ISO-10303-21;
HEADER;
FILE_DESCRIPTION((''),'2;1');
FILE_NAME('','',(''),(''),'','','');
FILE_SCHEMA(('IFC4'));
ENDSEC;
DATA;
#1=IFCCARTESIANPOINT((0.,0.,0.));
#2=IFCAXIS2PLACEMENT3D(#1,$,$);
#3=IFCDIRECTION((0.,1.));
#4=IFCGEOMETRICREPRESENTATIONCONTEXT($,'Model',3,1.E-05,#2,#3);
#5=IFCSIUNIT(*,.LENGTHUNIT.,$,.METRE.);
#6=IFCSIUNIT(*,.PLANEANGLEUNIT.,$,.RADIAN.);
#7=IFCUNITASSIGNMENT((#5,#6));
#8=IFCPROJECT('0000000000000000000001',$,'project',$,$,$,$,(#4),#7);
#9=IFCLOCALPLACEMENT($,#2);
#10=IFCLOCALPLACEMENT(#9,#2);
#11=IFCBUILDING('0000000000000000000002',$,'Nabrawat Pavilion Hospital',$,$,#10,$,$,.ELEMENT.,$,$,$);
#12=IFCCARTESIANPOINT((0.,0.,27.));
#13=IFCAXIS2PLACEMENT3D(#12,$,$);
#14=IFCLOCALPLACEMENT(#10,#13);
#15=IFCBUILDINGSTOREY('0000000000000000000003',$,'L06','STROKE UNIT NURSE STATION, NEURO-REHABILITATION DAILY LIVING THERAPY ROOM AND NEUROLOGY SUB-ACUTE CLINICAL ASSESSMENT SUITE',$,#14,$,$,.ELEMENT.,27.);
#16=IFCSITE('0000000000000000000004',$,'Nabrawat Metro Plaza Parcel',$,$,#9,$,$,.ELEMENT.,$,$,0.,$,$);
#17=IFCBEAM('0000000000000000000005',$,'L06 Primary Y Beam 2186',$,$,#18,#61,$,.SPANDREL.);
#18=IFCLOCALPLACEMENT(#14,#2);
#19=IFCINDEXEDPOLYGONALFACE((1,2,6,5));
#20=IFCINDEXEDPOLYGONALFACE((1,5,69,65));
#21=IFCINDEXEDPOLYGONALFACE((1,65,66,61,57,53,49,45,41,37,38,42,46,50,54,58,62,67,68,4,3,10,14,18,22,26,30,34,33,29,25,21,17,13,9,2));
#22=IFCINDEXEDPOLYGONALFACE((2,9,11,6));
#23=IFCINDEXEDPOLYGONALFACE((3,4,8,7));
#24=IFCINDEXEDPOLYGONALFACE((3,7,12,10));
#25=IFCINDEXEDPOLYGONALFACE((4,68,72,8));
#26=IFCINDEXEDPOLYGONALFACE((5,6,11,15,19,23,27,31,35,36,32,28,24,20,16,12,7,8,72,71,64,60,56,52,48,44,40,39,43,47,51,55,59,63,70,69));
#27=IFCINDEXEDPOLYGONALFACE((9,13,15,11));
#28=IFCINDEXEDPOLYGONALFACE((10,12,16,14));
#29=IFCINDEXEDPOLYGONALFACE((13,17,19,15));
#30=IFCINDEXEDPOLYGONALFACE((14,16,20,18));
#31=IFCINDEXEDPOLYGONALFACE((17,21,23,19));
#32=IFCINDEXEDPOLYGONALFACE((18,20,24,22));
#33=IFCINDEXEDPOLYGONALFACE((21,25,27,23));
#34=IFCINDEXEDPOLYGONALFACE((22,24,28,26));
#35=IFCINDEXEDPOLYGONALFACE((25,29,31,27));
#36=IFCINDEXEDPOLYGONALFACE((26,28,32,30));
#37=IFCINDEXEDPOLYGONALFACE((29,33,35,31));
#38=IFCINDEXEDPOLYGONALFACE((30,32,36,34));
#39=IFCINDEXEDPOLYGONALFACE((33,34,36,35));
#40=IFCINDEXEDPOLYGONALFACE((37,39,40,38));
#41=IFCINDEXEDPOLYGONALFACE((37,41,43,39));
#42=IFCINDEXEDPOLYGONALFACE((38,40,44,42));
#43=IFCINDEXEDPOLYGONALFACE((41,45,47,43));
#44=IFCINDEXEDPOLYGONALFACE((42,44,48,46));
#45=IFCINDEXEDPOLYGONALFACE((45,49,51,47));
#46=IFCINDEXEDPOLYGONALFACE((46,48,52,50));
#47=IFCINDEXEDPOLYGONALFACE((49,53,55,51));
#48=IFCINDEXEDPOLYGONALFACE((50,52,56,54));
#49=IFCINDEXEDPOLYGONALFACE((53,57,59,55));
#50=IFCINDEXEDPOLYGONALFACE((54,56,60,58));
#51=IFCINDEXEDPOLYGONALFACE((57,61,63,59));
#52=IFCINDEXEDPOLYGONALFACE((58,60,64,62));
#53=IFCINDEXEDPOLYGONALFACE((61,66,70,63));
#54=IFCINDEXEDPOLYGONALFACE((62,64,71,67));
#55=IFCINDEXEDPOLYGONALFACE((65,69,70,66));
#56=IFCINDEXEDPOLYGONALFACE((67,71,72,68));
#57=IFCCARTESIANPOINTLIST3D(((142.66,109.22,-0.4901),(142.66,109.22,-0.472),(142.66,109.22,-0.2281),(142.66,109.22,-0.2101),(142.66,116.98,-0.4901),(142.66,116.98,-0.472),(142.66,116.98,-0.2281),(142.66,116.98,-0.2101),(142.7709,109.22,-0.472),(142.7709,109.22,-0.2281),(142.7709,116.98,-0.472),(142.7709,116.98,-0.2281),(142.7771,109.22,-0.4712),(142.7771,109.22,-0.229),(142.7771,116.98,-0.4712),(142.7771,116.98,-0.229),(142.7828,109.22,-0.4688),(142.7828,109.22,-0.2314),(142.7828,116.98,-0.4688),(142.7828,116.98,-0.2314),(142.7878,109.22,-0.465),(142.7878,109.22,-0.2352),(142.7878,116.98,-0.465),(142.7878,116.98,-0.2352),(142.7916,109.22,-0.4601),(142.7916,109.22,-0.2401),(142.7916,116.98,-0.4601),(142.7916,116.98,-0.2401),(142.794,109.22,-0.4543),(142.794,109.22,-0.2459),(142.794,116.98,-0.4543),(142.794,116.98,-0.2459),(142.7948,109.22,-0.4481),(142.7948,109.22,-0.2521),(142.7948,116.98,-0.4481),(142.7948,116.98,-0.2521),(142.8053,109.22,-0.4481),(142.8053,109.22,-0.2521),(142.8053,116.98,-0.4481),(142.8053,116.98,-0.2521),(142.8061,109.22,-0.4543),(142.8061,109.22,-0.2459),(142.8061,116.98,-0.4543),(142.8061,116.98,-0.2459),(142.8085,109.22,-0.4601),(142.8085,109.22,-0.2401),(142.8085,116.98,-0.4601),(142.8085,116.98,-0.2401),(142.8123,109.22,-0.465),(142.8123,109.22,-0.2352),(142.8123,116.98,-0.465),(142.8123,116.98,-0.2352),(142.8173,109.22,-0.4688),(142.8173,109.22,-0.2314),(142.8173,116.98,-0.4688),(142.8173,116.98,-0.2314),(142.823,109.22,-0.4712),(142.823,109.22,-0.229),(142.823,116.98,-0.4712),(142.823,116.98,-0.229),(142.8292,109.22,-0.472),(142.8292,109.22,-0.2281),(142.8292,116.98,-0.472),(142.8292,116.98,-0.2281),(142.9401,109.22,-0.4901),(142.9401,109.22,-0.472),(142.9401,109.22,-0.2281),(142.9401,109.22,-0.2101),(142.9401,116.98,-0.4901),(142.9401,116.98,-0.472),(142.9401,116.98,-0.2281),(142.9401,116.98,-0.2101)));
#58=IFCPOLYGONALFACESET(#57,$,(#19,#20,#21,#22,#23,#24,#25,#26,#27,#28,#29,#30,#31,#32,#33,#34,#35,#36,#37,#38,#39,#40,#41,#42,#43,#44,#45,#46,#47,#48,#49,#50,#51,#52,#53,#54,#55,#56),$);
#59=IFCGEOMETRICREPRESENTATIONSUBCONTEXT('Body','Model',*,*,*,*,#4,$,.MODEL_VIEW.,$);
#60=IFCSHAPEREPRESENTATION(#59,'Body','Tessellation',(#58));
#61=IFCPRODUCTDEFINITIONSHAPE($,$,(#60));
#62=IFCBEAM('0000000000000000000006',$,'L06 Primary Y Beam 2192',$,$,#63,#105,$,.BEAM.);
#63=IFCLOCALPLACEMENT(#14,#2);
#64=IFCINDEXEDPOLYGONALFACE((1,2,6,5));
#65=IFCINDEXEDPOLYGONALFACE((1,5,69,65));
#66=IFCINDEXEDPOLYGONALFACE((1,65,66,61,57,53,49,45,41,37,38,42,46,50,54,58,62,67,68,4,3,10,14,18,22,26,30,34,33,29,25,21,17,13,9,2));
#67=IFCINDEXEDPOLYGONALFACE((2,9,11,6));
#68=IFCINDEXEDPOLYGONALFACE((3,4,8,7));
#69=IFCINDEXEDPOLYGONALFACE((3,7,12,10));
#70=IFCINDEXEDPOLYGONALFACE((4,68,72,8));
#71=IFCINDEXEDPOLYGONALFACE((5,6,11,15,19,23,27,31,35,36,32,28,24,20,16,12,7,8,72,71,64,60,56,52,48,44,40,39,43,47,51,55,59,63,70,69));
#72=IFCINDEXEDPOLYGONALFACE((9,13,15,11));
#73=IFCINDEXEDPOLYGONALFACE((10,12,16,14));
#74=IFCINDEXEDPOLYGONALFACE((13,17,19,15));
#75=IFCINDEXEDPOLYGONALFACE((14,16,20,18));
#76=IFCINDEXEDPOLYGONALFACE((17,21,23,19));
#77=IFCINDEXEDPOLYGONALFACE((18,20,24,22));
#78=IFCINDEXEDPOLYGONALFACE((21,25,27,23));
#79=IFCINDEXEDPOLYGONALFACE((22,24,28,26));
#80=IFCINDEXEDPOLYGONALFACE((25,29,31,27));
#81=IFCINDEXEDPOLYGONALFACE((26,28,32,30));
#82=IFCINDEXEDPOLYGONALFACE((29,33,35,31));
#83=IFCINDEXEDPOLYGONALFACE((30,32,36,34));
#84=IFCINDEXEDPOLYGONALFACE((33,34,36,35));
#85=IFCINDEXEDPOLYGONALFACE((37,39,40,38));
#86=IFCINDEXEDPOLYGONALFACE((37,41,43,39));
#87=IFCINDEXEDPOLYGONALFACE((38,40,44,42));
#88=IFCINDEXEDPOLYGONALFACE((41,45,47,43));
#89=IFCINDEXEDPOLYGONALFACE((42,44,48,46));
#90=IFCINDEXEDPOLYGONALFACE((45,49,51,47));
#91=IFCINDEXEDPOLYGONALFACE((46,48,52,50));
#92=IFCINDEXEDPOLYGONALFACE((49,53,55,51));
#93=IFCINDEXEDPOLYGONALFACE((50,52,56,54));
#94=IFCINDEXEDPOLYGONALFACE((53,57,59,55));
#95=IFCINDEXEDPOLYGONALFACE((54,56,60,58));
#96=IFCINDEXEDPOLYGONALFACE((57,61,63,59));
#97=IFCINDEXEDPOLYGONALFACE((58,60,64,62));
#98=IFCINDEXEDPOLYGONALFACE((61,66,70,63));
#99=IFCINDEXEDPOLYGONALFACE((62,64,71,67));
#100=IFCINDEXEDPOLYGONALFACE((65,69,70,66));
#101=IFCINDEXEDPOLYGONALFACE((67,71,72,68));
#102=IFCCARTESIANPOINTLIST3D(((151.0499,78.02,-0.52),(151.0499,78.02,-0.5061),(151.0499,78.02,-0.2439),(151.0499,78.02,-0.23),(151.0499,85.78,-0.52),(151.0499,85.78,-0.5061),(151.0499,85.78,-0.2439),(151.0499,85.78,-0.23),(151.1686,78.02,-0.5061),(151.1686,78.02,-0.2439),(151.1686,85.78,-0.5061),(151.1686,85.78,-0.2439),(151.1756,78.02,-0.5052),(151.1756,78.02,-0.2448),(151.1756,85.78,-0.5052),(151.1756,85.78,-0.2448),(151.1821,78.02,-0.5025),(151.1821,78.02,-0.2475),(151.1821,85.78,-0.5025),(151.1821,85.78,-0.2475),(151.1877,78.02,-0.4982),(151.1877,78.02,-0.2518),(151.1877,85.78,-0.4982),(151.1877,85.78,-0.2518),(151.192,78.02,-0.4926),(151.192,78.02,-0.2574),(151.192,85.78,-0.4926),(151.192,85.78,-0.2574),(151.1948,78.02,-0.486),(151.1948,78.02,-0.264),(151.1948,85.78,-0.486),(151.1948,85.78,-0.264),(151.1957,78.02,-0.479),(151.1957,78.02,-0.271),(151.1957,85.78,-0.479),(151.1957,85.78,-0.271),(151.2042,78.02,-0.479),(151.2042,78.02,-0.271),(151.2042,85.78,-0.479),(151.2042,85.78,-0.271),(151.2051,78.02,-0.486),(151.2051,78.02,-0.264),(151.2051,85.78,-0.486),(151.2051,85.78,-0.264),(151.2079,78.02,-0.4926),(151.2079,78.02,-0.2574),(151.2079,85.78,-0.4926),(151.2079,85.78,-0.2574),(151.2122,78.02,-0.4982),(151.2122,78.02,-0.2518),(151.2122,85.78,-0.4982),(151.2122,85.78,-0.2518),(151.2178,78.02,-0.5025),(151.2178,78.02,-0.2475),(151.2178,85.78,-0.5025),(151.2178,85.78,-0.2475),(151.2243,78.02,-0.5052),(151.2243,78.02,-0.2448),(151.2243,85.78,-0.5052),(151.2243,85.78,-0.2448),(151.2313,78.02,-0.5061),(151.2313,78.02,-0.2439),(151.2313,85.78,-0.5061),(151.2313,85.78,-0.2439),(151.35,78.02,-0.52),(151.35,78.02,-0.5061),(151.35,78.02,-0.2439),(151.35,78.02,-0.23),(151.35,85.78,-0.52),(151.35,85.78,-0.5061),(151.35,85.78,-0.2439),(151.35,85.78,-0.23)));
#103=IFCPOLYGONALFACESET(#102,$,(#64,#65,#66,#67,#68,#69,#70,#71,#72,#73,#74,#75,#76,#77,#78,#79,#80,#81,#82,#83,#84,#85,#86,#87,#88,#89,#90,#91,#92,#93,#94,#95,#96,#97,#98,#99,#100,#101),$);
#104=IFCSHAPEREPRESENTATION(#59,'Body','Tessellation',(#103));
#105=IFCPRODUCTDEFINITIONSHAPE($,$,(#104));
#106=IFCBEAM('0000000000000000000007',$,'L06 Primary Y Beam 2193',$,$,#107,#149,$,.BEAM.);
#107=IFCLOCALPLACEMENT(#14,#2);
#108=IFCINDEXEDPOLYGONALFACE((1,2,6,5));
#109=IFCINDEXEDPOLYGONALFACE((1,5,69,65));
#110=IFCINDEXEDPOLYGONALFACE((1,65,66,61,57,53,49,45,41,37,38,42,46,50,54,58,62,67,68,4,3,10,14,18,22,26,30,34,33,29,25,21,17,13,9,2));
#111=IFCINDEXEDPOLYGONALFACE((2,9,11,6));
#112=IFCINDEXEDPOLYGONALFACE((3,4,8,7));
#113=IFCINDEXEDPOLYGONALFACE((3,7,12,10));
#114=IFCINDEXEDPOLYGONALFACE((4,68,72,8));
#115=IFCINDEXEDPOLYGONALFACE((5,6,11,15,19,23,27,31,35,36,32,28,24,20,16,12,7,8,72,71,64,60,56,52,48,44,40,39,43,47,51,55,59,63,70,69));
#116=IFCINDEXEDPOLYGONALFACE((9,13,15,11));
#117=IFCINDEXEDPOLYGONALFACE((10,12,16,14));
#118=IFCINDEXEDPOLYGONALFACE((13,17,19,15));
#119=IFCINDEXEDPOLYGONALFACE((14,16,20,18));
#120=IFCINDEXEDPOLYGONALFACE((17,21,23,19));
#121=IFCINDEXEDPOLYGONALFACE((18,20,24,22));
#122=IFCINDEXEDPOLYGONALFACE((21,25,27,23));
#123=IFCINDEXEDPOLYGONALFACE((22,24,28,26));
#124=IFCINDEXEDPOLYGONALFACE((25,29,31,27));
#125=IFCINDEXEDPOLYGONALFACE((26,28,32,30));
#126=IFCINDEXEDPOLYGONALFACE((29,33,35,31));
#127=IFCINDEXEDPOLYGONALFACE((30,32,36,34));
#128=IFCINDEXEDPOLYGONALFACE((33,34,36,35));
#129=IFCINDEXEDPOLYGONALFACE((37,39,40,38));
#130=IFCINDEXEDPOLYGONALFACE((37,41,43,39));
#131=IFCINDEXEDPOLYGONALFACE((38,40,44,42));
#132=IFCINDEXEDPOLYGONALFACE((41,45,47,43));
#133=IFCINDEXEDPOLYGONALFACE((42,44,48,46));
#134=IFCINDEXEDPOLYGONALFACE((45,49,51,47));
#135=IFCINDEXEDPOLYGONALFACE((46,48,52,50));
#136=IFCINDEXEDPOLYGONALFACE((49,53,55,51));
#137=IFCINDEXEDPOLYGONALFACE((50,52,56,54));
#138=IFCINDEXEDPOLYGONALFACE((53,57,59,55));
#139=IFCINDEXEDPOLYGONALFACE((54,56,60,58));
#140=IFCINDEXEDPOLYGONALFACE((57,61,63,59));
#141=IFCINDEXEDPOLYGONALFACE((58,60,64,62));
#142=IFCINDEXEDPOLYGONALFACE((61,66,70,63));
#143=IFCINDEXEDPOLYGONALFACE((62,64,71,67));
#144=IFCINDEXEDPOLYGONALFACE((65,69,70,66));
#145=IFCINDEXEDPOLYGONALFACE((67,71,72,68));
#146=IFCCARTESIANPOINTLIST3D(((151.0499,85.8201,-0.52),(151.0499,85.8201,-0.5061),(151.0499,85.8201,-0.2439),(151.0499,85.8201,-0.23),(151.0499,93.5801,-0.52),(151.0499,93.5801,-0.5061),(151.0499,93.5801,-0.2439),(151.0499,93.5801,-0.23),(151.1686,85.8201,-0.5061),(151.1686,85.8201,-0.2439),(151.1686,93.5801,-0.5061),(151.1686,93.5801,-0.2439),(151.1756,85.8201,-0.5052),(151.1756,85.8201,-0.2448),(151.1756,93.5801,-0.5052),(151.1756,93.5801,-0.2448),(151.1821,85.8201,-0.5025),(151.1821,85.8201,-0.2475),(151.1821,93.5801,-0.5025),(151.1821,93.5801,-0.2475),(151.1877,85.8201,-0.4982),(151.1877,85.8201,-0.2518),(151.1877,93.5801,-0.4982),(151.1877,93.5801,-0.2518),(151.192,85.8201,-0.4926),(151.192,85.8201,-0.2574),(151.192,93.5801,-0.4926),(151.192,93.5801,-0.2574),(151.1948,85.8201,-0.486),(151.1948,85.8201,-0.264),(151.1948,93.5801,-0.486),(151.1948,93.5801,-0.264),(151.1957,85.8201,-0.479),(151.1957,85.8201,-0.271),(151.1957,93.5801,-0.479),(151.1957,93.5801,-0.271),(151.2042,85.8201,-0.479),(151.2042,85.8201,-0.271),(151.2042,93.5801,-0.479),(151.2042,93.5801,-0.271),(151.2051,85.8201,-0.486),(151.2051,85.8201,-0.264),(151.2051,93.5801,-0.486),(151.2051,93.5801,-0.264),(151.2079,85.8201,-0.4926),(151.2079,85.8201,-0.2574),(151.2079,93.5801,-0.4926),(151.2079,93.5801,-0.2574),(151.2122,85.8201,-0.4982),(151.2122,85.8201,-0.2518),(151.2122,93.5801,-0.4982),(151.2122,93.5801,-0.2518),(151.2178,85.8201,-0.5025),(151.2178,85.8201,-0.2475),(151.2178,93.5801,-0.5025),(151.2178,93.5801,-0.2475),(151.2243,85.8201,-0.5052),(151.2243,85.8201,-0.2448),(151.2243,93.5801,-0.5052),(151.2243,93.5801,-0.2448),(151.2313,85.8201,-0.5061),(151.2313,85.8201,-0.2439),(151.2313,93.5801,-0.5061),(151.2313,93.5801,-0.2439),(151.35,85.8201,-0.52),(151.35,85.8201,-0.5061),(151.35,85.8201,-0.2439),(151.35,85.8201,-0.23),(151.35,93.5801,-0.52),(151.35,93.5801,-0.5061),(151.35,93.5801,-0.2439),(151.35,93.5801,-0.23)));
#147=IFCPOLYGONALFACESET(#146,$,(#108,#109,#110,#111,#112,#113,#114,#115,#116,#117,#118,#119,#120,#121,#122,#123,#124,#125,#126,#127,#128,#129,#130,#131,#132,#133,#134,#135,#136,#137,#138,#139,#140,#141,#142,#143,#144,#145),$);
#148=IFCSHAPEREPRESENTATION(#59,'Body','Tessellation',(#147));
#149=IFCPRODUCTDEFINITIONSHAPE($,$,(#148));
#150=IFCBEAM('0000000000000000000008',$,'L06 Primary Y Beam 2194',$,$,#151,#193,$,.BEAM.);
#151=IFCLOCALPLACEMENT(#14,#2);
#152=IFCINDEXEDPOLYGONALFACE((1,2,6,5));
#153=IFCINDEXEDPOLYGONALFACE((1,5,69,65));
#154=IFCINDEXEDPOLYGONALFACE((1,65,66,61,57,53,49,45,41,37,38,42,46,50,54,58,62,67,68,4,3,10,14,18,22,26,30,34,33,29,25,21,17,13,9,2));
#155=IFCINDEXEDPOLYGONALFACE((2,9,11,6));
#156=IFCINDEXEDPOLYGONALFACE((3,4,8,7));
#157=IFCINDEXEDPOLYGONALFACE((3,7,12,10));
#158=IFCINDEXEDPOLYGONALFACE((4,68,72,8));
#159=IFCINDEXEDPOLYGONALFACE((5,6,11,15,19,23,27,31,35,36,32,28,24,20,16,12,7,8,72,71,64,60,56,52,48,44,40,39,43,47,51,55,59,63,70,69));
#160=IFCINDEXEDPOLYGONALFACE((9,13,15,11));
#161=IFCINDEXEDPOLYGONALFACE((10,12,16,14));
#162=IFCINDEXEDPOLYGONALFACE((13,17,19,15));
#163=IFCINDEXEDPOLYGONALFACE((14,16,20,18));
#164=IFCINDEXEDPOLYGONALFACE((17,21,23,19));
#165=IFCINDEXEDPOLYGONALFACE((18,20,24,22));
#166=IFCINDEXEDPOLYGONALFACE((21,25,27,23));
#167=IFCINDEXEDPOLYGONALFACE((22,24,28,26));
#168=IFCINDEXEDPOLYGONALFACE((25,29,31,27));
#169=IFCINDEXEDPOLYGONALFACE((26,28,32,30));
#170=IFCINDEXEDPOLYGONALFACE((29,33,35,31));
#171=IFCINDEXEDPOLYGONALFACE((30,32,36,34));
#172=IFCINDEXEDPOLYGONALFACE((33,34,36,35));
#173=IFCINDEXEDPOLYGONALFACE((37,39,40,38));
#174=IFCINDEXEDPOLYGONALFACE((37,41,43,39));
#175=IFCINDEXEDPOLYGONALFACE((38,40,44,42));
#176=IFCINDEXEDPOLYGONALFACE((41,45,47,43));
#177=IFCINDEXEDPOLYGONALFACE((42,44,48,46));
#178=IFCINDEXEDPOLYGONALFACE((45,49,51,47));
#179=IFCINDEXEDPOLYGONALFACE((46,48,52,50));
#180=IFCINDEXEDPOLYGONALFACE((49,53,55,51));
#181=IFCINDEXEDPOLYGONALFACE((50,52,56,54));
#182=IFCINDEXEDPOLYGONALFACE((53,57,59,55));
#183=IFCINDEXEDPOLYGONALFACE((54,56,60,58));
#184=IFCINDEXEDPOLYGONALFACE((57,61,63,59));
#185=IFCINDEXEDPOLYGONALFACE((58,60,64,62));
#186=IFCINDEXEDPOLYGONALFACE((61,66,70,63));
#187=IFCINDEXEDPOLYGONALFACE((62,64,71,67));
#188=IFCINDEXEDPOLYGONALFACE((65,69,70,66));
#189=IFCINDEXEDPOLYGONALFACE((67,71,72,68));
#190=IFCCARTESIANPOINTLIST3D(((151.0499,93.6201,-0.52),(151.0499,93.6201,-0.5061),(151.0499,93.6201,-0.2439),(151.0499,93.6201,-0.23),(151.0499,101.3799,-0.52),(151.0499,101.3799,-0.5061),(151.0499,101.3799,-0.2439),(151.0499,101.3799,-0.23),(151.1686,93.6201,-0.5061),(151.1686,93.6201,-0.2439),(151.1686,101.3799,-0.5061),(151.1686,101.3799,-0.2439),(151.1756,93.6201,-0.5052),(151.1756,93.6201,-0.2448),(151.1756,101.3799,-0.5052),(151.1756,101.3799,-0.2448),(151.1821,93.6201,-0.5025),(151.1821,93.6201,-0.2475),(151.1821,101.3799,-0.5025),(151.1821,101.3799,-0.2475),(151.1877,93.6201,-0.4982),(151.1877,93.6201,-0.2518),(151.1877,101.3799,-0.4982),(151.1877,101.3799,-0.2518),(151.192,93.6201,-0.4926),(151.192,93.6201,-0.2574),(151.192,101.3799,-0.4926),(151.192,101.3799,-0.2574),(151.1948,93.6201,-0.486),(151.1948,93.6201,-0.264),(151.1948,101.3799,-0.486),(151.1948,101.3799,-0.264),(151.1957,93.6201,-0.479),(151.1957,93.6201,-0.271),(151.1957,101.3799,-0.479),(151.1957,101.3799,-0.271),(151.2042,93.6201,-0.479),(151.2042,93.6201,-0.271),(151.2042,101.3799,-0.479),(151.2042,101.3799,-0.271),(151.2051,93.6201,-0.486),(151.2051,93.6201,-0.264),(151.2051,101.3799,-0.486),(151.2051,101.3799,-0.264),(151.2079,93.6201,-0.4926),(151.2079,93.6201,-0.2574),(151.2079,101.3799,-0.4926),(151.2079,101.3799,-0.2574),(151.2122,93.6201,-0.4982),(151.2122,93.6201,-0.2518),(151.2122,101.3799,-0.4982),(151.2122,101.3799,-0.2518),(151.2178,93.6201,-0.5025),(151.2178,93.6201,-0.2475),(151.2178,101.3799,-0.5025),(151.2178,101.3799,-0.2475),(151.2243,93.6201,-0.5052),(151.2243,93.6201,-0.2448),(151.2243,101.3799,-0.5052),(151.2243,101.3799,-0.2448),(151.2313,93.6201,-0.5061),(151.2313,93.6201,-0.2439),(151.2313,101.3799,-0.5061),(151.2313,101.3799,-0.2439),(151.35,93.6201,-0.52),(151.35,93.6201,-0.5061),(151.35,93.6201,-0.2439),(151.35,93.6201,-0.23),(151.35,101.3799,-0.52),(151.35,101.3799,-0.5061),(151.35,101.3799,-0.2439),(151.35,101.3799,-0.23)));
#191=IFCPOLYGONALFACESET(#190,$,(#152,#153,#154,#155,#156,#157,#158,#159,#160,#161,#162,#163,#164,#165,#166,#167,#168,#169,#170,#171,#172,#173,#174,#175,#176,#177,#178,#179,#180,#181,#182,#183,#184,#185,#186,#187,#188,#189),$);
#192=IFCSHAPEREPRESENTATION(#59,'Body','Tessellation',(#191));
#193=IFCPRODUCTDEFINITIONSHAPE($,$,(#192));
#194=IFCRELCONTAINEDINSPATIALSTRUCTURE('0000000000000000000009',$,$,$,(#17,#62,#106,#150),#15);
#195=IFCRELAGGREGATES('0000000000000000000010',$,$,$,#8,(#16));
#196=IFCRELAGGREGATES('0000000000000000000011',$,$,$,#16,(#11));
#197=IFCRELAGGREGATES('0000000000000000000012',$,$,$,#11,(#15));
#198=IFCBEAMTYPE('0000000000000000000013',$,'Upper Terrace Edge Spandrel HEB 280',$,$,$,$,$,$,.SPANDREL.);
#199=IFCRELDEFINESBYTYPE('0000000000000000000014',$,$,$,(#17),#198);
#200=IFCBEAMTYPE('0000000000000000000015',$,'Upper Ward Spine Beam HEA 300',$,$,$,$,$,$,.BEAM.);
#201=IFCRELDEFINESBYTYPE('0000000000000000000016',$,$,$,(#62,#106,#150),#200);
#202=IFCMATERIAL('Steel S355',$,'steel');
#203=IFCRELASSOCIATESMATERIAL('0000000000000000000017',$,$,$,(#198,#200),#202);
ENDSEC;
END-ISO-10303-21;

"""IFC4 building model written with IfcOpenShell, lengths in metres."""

from ifc_helpers import new_model, si_unit, direction, frame, origin, origin_2d, place, context, subcontext, project, spatial, i_section, extrude, material, material_profile, profile_set, type_object, element, save


model = new_model("IFC4")

# Units and contexts
model_context = context("Model", 3, precision=1e-05, world=origin(), true_north=direction((0.0, 1.0)))
body_context = subcontext(model_context, "Body", "Model", "MODEL_VIEW")
ifc_project = project(units=[si_unit("LENGTHUNIT", "METRE"), si_unit("PLANEANGLEUNIT", "RADIAN")], contexts=[model_context])

# Site, building, storey
site_placement = place(None, origin())
site = spatial("IfcSite", under=ifc_project, at=site_placement, Name="Nabrawat Metro Plaza Parcel", CompositionType="ELEMENT", RefElevation=0.0)
building_placement = place(site_placement, origin())
building = spatial("IfcBuilding", under=site, at=building_placement, Name="Nabrawat Pavilion Hospital", CompositionType="ELEMENT")
storey_placement = place(building_placement, frame((0.0, 0.0, 27.0)))
storey = spatial("IfcBuildingStorey", under=building, at=storey_placement, Name="L06", Description="STROKE UNIT NURSE STATION, NEURO-REHABILITATION DAILY LIVING THERAPY ROOM AND NEUROLOGY SUB-ACUTE CLINICAL ASSESSMENT SUITE", CompositionType="ELEMENT", Elevation=27.0)

# Shared definitions
ifc_material_1 = material(Name="Steel S355", Category="steel")

# Beams
ifc_material_profile_1 = material_profile(ifc_material_1, i_section(OverallWidth=0.28, OverallDepth=0.28, WebThickness=0.0105, FlangeThickness=0.0181, FilletRadius=0.0239, at=origin_2d()), Name="HEB 280")
ifc_profile_set_1 = profile_set([ifc_material_profile_1], Name="Steel S355")
beam_type_1 = type_object("IfcBeamType", Name="Upper Terrace Edge Spandrel HEB 280", PredefinedType="SPANDREL", material=ifc_profile_set_1)
for number, where, z_axis, x_axis, name in (
    (1, (142.8, 109.22, -0.3501), (0.0, 1.0, 0.0), (-1.0, 0.0, 0.0), "L06 Primary Y Beam 2186"),
):
    element("IfcBeam", number, at=place(storey_placement, frame(where, z_axis=z_axis, x_axis=x_axis)), inside=storey, type_object=beam_type_1, Name=name, PredefinedType="SPANDREL", context=body_context, shape_type="SweptSolid", body=[
        extrude(i_section(OverallWidth=0.28, OverallDepth=0.28, WebThickness=0.0105, FlangeThickness=0.0181, FilletRadius=0.0239, at=origin_2d()), origin(), (0.0, 0.0, 1.0), 7.76),
    ])
ifc_material_profile_2 = material_profile(ifc_material_1, i_section(OverallWidth=0.3, OverallDepth=0.29, WebThickness=0.0085, FlangeThickness=0.0139, FilletRadius=0.0271, at=origin_2d()), Name="HEA 300")
ifc_profile_set_2 = profile_set([ifc_material_profile_2], Name="Steel S355")
beam_type_2 = type_object("IfcBeamType", Name="Upper Ward Spine Beam HEA 300", PredefinedType="BEAM", material=ifc_profile_set_2)
for number, where, z_axis, x_axis, name in (
    (2, (151.2, 78.02, -0.375), (0.0, 1.0, 0.0), (-1.0, 0.0, 0.0), "L06 Primary Y Beam 2192"),
    (3, (151.2, 85.8201, -0.375), (0.0, 1.0, 0.0), (-1.0, 0.0, 0.0), "L06 Primary Y Beam 2193"),
):
    element("IfcBeam", number, at=place(storey_placement, frame(where, z_axis=z_axis, x_axis=x_axis)), inside=storey, type_object=beam_type_2, Name=name, PredefinedType="BEAM", context=body_context, shape_type="SweptSolid", body=[
        extrude(i_section(OverallWidth=0.3, OverallDepth=0.29, WebThickness=0.0085, FlangeThickness=0.0139, FilletRadius=0.0271, at=origin_2d()), origin(), (0.0, 0.0, 1.0), 7.76),
    ])
beam_1_placement = place(storey_placement, frame((151.2, 93.6201, -0.375), z_axis=(0.0, 1.0, 0.0), x_axis=(-1.0, 0.0, 0.0)))
element("IfcBeam", 4, at=beam_1_placement, inside=storey, type_object=beam_type_2, Name="L06 Primary Y Beam 2194", PredefinedType="BEAM", context=body_context, shape_type="SweptSolid", body=[
    extrude(i_section(OverallWidth=0.3, OverallDepth=0.29, WebThickness=0.0085, FlangeThickness=0.0139, FilletRadius=0.0271, at=origin_2d()), origin(), (0.0, 0.0, 1.0), 7.7598),
])

save(model, "model.ifc")
